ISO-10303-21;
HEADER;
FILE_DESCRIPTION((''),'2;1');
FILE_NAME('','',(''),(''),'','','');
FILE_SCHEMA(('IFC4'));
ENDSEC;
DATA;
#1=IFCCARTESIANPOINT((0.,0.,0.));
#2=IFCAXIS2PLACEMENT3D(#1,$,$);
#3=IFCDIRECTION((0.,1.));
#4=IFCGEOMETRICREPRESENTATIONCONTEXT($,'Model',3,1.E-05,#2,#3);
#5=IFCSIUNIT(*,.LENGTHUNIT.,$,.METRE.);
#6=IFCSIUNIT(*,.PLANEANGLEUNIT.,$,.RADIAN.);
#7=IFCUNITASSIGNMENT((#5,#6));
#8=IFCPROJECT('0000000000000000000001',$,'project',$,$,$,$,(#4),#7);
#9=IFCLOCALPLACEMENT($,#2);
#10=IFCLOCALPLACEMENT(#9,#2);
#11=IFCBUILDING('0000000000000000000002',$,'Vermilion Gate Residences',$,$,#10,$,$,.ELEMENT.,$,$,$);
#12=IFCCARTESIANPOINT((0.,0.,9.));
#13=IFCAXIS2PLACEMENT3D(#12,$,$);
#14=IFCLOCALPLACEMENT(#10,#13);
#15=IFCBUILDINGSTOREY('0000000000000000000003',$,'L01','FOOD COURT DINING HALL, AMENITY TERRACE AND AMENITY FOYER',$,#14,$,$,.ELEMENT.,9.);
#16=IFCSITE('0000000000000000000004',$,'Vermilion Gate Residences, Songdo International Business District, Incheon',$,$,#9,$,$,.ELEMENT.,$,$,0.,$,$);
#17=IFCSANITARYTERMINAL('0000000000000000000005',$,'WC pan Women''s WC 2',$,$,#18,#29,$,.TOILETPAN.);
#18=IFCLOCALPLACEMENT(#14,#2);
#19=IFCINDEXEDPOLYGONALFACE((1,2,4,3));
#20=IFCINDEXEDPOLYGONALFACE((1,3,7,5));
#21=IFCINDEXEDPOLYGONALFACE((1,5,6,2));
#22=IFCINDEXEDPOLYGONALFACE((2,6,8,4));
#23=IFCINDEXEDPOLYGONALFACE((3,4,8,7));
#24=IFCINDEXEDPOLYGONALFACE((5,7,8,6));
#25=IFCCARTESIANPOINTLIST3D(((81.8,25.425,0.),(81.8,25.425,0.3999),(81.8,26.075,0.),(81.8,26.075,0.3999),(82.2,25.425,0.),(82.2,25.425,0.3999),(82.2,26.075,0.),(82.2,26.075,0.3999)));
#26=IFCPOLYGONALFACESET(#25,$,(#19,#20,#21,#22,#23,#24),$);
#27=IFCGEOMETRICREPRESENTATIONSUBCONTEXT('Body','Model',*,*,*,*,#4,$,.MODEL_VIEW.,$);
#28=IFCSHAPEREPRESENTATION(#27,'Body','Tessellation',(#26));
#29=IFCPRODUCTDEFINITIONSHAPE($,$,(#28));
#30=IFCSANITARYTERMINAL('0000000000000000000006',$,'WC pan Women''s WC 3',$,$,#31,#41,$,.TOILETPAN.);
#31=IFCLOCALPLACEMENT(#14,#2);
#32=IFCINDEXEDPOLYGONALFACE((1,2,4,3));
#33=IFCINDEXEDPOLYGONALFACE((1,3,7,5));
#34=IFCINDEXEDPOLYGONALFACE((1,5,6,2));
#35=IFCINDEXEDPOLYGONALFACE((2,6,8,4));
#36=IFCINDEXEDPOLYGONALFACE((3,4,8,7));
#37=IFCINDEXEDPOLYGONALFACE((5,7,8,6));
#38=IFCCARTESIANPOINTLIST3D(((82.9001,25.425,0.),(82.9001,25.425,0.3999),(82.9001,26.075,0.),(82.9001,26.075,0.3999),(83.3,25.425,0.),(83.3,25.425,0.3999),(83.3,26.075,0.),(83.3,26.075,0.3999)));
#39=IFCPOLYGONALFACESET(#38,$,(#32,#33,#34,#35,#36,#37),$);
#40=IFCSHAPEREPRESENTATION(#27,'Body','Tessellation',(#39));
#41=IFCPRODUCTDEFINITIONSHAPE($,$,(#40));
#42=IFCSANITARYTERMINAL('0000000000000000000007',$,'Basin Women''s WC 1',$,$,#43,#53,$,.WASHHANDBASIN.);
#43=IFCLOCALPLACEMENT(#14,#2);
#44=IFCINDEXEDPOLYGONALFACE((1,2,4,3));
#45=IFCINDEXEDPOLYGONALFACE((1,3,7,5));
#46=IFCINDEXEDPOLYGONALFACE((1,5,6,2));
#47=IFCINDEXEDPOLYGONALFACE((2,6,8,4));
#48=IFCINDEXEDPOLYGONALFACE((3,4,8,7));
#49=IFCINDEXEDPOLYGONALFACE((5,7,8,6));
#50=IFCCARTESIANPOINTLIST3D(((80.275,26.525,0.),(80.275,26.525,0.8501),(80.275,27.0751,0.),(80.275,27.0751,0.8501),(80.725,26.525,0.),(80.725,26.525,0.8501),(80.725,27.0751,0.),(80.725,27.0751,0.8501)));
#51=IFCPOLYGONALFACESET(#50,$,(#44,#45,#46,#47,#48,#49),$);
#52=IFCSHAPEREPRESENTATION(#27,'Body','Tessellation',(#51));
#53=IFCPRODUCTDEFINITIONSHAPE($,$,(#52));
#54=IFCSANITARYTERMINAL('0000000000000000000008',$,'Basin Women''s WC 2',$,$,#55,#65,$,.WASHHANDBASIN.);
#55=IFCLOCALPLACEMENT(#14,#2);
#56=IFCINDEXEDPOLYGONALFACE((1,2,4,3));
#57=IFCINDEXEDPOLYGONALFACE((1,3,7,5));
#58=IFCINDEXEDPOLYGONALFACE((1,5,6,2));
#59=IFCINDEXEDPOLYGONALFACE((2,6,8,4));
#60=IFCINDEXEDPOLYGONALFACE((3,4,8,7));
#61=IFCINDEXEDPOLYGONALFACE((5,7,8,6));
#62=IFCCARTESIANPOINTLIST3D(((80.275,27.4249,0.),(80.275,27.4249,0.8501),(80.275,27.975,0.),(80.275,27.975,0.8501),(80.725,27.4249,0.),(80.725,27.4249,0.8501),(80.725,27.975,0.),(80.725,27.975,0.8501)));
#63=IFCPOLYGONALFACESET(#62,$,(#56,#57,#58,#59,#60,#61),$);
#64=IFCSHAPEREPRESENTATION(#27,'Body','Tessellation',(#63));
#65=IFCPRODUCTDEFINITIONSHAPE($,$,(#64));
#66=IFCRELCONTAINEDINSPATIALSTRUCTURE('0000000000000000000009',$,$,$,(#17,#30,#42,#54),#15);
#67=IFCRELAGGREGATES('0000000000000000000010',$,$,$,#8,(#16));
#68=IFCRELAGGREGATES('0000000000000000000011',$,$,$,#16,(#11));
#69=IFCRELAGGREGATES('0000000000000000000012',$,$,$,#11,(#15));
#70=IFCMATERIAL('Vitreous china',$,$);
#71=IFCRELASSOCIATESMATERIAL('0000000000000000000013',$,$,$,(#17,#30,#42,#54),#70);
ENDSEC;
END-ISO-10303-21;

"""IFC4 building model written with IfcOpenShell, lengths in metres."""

from ifc_helpers import new_model, si_unit, direction, frame, origin, origin_2d, place, context, subcontext, project, spatial, rectangle, extrude, material, element, save


model = new_model("IFC4")

# Units and contexts
model_context = context("Model", 3, precision=1e-05, world=origin(), true_north=direction((0.0, 1.0)))
body_context = subcontext(model_context, "Body", "Model", "MODEL_VIEW")
ifc_project = project(units=[si_unit("LENGTHUNIT", "METRE"), si_unit("PLANEANGLEUNIT", "RADIAN")], contexts=[model_context])

# Site, building, storey
site_placement = place(None, origin())
site = spatial("IfcSite", under=ifc_project, at=site_placement, Name="Vermilion Gate Residences, Songdo International Business District, Incheon", CompositionType="ELEMENT", RefElevation=0.0)
building_placement = place(site_placement, origin())
building = spatial("IfcBuilding", under=site, at=building_placement, Name="Vermilion Gate Residences", CompositionType="ELEMENT")
storey_placement = place(building_placement, frame((0.0, 0.0, 9.0)))
storey = spatial("IfcBuildingStorey", under=building, at=storey_placement, Name="L01", Description="FOOD COURT DINING HALL, AMENITY TERRACE AND AMENITY FOYER", CompositionType="ELEMENT", Elevation=9.0)

# Sanitary terminals
ifc_material_1 = material(Name="Vitreous china")
for number, where, z_axis, x_axis, name in (
    (1, (82.0, 25.75, 0.0), (0.0, 0.0, 1.0), (1.0, 0.0, 0.0), "WC pan Women's WC 2"),
    (2, (83.1001, 25.75, 0.0), (0.0, 0.0, 1.0), (1.0, 0.0, 0.0), "WC pan Women's WC 3"),
):
    element("IfcSanitaryTerminal", number, at=place(storey_placement, frame(where, z_axis=z_axis, x_axis=x_axis)), inside=storey, material=ifc_material_1, Name=name, PredefinedType="TOILETPAN", context=body_context, shape_type="SweptSolid", body=[
        extrude(rectangle(XDim=0.3999, YDim=0.6499, at=origin_2d()), origin(), (0.0, 0.0, 1.0), 0.3999),
    ])
for number, where, z_axis, x_axis, name in (
    (3, (80.5, 26.8, 0.0), (0.0, 0.0, 1.0), (1.0, 0.0, 0.0), "Basin Women's WC 1"),
    (4, (80.5, 27.7, 0.0), (0.0, 0.0, 1.0), (1.0, 0.0, 0.0), "Basin Women's WC 2"),
):
    element("IfcSanitaryTerminal", number, at=place(storey_placement, frame(where, z_axis=z_axis, x_axis=x_axis)), inside=storey, material=ifc_material_1, Name=name, PredefinedType="WASHHANDBASIN", context=body_context, shape_type="SweptSolid", body=[
        extrude(rectangle(XDim=0.45, YDim=0.55, at=origin_2d()), origin(), (0.0, 0.0, 1.0), 0.8501),
    ])

save(model, "model.ifc")
